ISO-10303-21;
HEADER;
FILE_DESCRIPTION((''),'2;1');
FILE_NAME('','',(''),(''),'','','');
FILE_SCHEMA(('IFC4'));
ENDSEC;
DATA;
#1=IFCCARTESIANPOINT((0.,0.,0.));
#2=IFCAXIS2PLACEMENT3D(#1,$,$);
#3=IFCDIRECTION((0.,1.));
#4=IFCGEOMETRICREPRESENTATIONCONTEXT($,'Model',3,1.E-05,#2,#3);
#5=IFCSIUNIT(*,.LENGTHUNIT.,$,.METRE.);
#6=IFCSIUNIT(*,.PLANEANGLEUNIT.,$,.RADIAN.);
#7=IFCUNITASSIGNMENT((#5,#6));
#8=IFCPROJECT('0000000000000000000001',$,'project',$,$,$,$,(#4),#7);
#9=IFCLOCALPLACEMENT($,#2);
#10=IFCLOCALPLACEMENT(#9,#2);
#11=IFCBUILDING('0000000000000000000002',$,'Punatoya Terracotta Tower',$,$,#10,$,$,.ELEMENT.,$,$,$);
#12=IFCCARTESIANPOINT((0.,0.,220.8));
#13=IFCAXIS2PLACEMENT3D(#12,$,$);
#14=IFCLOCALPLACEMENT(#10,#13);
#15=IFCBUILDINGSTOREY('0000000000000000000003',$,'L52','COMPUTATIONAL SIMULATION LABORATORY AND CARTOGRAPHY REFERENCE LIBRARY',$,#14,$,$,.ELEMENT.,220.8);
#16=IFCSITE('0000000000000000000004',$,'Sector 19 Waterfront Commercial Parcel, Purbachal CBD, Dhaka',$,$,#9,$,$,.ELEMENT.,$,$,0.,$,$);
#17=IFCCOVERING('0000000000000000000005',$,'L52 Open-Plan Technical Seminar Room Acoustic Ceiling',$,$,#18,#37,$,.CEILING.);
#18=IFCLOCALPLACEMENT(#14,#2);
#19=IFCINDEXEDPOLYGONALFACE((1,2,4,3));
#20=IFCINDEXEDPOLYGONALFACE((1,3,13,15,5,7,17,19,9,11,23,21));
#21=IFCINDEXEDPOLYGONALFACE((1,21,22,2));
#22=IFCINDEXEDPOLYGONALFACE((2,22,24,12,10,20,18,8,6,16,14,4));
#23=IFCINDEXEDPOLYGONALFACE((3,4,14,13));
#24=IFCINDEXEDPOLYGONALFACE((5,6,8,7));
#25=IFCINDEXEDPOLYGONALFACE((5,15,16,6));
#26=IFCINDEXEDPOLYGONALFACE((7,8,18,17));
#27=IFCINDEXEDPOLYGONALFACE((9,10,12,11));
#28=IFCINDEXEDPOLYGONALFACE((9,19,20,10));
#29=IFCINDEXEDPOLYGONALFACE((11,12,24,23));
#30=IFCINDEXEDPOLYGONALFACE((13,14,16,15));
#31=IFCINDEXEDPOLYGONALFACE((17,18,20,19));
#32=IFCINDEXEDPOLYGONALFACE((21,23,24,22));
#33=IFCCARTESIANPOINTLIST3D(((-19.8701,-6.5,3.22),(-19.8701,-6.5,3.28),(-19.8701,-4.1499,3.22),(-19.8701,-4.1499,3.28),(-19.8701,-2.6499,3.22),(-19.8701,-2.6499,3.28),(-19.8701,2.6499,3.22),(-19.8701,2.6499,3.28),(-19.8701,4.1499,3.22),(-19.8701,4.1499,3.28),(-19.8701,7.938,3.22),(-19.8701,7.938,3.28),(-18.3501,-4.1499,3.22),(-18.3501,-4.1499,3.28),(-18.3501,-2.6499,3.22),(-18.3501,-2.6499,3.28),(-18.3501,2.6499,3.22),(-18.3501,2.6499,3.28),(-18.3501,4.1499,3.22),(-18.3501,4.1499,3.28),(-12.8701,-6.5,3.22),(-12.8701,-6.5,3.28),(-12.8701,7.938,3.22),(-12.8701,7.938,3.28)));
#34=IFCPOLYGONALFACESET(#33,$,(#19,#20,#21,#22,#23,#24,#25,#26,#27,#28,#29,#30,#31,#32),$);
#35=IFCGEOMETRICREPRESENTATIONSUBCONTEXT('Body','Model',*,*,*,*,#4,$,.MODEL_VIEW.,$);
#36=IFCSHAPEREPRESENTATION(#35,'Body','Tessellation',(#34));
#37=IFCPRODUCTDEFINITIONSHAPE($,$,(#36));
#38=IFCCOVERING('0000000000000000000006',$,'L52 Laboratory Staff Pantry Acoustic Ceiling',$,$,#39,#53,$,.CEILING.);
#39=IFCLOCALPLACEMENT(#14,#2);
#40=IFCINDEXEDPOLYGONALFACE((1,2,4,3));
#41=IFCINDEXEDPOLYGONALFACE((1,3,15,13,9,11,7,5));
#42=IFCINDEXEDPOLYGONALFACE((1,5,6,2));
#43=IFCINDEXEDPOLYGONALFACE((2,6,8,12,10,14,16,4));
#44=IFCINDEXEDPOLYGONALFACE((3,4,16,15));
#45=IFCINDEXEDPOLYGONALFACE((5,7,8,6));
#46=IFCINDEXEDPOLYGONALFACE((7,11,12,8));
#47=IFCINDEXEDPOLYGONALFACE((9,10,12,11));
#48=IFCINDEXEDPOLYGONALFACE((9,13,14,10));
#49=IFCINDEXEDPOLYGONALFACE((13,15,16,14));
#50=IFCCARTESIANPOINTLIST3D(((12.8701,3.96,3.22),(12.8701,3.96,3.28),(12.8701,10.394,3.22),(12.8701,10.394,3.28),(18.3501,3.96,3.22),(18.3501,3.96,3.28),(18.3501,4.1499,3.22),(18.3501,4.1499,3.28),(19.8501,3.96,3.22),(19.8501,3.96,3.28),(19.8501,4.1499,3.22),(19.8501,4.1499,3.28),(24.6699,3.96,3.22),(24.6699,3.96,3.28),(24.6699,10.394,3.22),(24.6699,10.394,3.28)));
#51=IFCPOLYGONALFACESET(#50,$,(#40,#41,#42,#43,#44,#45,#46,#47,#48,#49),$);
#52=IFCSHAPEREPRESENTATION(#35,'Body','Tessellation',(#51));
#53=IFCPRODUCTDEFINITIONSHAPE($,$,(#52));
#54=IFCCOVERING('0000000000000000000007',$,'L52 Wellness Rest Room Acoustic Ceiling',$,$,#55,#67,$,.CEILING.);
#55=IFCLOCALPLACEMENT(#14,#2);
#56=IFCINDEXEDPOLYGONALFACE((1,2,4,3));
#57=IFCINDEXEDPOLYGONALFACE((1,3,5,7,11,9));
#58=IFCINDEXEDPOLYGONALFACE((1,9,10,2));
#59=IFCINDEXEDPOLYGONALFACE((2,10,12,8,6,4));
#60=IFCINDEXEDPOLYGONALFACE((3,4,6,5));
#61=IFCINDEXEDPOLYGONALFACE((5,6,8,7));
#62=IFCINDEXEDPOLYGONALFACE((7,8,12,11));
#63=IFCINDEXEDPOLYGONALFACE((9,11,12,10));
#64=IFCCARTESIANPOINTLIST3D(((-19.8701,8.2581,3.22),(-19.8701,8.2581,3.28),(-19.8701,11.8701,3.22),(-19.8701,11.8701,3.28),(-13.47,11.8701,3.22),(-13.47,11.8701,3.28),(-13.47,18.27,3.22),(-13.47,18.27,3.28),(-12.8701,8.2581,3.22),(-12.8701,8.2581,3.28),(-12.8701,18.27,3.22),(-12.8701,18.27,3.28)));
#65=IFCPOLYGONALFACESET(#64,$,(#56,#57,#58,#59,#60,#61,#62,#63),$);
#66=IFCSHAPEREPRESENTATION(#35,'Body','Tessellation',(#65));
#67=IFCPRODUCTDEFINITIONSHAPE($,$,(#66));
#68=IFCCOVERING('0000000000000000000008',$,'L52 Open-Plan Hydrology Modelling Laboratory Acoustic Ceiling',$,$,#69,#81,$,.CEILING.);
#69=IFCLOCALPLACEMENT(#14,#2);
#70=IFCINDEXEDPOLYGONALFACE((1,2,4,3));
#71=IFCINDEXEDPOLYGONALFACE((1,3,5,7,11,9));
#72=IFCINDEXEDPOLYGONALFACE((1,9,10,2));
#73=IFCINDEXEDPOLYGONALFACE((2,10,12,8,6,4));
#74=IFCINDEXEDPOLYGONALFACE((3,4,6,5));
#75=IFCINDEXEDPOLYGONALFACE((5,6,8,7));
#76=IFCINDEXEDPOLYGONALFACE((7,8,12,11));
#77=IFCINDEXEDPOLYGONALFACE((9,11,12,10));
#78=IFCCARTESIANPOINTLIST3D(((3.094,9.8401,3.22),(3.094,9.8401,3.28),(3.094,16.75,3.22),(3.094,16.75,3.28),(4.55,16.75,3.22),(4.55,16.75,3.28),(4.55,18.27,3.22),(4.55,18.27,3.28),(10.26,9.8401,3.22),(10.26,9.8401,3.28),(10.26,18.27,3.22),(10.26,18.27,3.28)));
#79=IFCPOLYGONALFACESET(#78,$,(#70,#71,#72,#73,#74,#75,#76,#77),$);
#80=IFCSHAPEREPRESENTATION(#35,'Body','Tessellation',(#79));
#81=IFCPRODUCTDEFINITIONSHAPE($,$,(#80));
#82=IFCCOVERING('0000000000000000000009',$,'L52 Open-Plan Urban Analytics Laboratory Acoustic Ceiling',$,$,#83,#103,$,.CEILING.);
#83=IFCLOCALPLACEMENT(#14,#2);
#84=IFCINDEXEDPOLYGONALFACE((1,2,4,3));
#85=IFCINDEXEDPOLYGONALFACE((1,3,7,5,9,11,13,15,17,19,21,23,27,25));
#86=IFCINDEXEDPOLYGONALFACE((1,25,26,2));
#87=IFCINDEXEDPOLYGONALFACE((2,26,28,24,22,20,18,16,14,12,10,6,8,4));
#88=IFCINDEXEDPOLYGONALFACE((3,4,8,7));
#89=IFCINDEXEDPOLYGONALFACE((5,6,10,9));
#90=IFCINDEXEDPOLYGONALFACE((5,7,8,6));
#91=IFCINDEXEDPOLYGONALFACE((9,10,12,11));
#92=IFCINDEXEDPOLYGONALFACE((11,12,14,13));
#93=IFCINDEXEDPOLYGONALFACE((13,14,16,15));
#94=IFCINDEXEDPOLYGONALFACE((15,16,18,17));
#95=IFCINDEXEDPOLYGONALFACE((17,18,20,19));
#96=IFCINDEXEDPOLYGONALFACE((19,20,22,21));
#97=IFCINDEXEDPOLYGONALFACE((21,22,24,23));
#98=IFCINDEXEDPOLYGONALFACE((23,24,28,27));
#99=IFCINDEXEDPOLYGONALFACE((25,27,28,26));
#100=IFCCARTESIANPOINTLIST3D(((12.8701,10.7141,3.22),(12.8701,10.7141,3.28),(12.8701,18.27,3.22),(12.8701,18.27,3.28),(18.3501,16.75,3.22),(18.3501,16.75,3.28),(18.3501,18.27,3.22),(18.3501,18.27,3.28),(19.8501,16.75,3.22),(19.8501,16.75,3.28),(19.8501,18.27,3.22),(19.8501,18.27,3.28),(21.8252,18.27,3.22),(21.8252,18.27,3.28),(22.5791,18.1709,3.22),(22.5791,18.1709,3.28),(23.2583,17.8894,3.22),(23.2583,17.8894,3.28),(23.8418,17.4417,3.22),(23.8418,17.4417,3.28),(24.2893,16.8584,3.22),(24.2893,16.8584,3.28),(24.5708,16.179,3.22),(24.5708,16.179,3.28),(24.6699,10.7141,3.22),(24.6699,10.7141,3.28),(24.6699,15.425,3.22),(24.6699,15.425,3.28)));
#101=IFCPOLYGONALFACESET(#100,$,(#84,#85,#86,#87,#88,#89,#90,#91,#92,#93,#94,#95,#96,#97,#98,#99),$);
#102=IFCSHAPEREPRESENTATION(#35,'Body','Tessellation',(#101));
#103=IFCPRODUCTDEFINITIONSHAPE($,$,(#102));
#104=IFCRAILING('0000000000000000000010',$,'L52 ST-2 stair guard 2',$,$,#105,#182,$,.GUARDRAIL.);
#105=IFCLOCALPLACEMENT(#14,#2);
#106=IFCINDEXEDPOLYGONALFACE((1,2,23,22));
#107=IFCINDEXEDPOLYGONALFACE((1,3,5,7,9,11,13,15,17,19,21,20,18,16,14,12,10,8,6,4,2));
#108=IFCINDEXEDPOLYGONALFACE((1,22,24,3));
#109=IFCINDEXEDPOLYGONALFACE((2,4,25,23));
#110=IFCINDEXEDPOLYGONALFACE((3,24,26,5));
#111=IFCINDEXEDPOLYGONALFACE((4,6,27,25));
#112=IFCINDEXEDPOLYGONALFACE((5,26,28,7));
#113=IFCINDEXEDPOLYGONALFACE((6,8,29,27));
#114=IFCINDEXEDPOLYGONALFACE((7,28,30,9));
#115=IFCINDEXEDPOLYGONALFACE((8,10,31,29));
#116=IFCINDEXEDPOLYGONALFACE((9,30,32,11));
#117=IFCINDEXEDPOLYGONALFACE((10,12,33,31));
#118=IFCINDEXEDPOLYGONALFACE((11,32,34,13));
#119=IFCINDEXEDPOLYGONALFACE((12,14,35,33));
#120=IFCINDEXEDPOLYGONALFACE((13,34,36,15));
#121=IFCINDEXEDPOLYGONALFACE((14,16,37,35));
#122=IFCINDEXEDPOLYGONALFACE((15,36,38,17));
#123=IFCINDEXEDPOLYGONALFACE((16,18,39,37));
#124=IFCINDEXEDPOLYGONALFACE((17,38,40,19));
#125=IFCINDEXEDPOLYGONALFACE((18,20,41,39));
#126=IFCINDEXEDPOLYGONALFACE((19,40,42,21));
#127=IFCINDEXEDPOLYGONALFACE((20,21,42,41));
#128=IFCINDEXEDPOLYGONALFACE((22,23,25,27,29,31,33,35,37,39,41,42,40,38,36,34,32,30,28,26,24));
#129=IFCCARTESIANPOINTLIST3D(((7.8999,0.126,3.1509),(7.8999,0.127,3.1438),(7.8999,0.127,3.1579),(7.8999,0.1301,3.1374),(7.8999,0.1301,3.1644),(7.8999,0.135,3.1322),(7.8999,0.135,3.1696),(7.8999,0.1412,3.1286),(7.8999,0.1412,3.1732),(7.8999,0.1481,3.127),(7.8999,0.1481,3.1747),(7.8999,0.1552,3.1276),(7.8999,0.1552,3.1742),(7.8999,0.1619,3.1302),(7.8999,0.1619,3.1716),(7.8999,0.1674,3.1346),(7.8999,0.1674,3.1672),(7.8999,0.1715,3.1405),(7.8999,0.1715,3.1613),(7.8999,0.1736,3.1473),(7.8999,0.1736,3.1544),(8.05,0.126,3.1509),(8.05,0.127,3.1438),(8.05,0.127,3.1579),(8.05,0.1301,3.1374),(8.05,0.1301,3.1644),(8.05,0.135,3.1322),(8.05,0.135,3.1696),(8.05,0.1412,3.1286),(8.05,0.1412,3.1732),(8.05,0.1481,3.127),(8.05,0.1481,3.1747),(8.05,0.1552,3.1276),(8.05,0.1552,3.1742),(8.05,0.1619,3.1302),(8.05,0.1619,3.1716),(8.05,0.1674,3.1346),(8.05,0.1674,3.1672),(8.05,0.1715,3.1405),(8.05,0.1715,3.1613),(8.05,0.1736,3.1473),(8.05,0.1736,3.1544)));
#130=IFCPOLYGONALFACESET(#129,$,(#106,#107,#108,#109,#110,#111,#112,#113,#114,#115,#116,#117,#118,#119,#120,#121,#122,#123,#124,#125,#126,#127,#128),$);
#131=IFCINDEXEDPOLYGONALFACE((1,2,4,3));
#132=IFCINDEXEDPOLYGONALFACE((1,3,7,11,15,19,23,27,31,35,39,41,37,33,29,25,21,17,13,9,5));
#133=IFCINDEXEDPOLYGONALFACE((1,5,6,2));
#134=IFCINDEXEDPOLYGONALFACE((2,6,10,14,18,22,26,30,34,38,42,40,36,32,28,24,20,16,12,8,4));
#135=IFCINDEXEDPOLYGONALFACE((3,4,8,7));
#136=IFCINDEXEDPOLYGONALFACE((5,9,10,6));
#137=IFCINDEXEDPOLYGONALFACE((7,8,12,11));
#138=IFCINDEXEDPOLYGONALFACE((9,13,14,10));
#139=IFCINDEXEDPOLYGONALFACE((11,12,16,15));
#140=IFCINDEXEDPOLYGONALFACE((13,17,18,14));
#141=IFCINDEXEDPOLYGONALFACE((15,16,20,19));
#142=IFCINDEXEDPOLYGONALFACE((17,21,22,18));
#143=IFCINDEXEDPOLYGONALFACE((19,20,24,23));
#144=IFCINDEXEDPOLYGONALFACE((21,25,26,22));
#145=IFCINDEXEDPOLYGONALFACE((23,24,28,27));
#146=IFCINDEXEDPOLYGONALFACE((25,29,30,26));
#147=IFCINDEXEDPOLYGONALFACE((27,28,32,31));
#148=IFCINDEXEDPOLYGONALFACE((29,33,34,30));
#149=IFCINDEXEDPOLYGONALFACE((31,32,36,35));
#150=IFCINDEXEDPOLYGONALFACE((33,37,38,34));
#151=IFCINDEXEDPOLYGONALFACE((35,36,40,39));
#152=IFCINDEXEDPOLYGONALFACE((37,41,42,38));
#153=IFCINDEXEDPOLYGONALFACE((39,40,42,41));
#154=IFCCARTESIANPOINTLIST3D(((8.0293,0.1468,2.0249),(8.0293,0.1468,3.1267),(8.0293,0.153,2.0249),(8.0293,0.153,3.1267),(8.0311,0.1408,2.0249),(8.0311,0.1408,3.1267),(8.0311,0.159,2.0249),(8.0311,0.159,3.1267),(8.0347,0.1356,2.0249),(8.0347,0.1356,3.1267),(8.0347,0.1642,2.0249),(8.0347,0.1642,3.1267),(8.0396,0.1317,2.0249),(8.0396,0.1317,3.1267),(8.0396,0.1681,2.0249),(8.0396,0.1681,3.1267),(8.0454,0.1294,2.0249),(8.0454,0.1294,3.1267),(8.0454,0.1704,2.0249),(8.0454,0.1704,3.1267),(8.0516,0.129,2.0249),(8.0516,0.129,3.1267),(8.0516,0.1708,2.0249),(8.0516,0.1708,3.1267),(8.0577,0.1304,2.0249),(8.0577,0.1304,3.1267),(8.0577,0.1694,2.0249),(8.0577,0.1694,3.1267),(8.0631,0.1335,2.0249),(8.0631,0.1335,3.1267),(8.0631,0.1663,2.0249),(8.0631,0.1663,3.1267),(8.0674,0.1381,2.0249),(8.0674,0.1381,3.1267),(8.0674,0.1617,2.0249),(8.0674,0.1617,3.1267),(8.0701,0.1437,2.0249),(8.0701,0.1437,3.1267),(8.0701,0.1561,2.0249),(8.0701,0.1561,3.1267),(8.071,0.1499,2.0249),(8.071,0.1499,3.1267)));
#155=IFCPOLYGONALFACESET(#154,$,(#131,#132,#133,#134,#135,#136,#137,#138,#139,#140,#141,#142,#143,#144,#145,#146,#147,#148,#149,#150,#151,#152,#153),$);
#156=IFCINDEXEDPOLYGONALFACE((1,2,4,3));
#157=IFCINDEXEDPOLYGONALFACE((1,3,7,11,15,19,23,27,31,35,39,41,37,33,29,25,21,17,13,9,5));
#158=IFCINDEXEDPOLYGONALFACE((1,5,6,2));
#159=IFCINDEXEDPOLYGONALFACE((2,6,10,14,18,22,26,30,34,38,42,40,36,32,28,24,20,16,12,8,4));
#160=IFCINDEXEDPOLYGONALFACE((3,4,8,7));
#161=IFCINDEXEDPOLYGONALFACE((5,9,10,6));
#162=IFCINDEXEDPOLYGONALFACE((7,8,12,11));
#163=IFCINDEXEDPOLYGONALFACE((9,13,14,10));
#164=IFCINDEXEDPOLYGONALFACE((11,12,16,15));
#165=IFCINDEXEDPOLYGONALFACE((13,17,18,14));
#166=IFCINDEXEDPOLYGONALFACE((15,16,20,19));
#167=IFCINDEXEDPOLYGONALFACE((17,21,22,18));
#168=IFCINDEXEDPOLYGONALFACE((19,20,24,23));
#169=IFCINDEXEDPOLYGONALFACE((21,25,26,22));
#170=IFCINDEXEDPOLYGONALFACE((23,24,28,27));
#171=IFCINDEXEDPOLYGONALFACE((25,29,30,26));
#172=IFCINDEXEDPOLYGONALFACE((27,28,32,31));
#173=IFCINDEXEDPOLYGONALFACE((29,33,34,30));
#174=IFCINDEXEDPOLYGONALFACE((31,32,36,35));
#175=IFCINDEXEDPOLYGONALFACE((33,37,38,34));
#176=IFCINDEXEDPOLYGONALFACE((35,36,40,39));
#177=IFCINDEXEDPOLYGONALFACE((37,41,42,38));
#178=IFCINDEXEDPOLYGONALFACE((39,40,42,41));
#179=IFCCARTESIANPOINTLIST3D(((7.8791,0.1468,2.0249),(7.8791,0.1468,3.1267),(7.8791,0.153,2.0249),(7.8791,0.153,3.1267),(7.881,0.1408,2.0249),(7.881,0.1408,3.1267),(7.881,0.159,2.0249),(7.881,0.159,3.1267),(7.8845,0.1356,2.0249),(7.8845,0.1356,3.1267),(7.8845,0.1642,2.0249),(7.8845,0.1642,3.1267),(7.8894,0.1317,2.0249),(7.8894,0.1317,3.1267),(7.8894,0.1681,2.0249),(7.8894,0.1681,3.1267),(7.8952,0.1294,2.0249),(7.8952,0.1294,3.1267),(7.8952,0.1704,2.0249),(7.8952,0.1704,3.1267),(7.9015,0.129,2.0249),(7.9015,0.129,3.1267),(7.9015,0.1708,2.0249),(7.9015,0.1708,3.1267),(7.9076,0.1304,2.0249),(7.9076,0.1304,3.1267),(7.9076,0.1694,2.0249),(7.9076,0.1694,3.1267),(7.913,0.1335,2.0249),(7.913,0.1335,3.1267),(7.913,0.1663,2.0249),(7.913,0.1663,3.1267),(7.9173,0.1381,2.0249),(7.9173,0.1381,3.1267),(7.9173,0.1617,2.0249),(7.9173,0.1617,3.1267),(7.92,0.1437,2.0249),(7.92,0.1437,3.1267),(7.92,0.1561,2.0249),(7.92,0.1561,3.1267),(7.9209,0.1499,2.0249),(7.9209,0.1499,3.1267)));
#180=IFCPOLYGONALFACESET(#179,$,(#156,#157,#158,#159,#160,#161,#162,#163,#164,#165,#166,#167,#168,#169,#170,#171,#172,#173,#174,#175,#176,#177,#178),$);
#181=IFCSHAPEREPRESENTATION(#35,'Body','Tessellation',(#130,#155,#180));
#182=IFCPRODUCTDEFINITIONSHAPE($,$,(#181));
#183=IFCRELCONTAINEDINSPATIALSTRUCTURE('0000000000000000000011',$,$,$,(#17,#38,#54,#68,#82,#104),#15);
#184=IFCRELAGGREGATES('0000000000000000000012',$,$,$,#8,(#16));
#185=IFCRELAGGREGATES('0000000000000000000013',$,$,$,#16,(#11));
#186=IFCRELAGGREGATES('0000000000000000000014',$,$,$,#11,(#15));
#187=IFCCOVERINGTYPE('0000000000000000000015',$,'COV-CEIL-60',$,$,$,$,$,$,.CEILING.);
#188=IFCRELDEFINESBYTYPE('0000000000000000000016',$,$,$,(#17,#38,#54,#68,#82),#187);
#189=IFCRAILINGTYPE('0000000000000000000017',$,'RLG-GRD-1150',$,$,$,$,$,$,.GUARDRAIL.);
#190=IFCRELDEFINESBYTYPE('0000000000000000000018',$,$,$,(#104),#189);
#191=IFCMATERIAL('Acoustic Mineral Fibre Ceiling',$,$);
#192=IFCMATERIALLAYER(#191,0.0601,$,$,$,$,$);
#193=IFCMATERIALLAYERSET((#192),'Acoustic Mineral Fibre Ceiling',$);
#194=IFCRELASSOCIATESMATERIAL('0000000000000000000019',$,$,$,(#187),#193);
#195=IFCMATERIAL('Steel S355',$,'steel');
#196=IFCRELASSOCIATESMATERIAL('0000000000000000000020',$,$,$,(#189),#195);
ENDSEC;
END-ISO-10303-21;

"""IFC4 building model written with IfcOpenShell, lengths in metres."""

from ifc_helpers import new_model, si_unit, direction, frame, origin, origin_2d, place, context, subcontext, project, spatial, polyline, circle, outline, extrude, material, layer, layer_set, type_object, element, save


model = new_model("IFC4")

# Units and contexts
model_context = context("Model", 3, precision=1e-05, world=origin(), true_north=direction((0.0, 1.0)))
body_context = subcontext(model_context, "Body", "Model", "MODEL_VIEW")
ifc_project = project(units=[si_unit("LENGTHUNIT", "METRE"), si_unit("PLANEANGLEUNIT", "RADIAN")], contexts=[model_context])

# Site, building, storey
site_placement = place(None, origin())
site = spatial("IfcSite", under=ifc_project, at=site_placement, Name="Sector 19 Waterfront Commercial Parcel, Purbachal CBD, Dhaka", CompositionType="ELEMENT", RefElevation=0.0)
building_placement = place(site_placement, origin())
building = spatial("IfcBuilding", under=site, at=building_placement, Name="Punatoya Terracotta Tower", CompositionType="ELEMENT")
storey_placement = place(building_placement, frame((0.0, 0.0, 220.8)))
storey = spatial("IfcBuildingStorey", under=building, at=storey_placement, Name="L52", Description="COMPUTATIONAL SIMULATION LABORATORY AND CARTOGRAPHY REFERENCE LIBRARY", CompositionType="ELEMENT", Elevation=220.8)

# Shared definitions
ifc_material_1 = material(Name="Steel S355", Category="steel")

# Coverings
ifc_material_2 = material(Name="Acoustic Mineral Fibre Ceiling")
ifc_layer_1 = layer(ifc_material_2, 0.0601)
ifc_layer_set_1 = layer_set([ifc_layer_1], Name="Acoustic Mineral Fibre Ceiling")
covering_type = type_object("IfcCoveringType", Name="COV-CEIL-60", PredefinedType="CEILING", material=ifc_layer_set_1)
covering_1_placement = place(storey_placement, frame((0.0, 0.0, 3.22)))
element("IfcCovering", 1, at=covering_1_placement, inside=storey, type_object=covering_type, Name="L52 Open-Plan Technical Seminar Room Acoustic Ceiling", PredefinedType="CEILING", context=body_context, shape_type="SweptSolid", body=[
    extrude(outline(polyline([(-19.8701, -4.1499), (-19.8701, -6.5), (-12.8701, -6.5), (-12.8701, 7.938), (-19.8701, 7.938), (-19.8701, 4.1499), (-18.3501, 4.1499), (-18.3501, 2.6499), (-19.8701, 2.6499), (-19.8701, -2.6499), (-18.3501, -2.6499), (-18.3501, -4.1499), (-19.8701, -4.1499)])), origin(), (0.0, 0.0, 1.0), 0.0601),
])
covering_2_placement = place(storey_placement, frame((0.0, 0.0, 3.22)))
element("IfcCovering", 2, at=covering_2_placement, inside=storey, type_object=covering_type, Name="L52 Laboratory Staff Pantry Acoustic Ceiling", PredefinedType="CEILING", context=body_context, shape_type="SweptSolid", body=[
    extrude(outline(polyline([(18.3501, 3.96), (18.3501, 4.1499), (19.8501, 4.1499), (19.8501, 3.96), (24.6699, 3.96), (24.6699, 10.394), (12.8701, 10.394), (12.8701, 3.96), (18.3501, 3.96)])), origin(), (0.0, 0.0, 1.0), 0.0601),
])
covering_3_placement = place(storey_placement, frame((0.0, 0.0, 3.22)))
element("IfcCovering", 3, at=covering_3_placement, inside=storey, type_object=covering_type, Name="L52 Wellness Rest Room Acoustic Ceiling", PredefinedType="CEILING", context=body_context, shape_type="SweptSolid", body=[
    extrude(outline(polyline([(-13.47, 11.8701), (-19.8701, 11.8701), (-19.8701, 8.2581), (-12.8701, 8.2581), (-12.8701, 18.27), (-13.47, 18.27), (-13.47, 11.8701)])), origin(), (0.0, 0.0, 1.0), 0.0601),
])
covering_4_placement = place(storey_placement, frame((0.0, 0.0, 3.22)))
element("IfcCovering", 4, at=covering_4_placement, inside=storey, type_object=covering_type, Name="L52 Open-Plan Hydrology Modelling Laboratory Acoustic Ceiling", PredefinedType="CEILING", context=body_context, shape_type="SweptSolid", body=[
    extrude(outline(polyline([(4.55, 18.27), (4.55, 16.75), (3.094, 16.75), (3.094, 9.8401), (10.26, 9.8401), (10.26, 18.27), (4.55, 18.27)])), origin(), (0.0, 0.0, 1.0), 0.0601),
])
covering_5_placement = place(storey_placement, frame((0.0, 0.0, 3.22)))
element("IfcCovering", 5, at=covering_5_placement, inside=storey, type_object=covering_type, Name="L52 Open-Plan Urban Analytics Laboratory Acoustic Ceiling", PredefinedType="CEILING", context=body_context, shape_type="SweptSolid", body=[
    extrude(outline(polyline([(18.3501, 16.75), (18.3501, 18.27), (12.8701, 18.27), (12.8701, 10.7141), (24.6699, 10.7141), (24.6699, 15.425), (24.5708, 16.179), (24.2893, 16.8584), (23.8418, 17.4417), (23.2583, 17.8894), (22.5791, 18.1709), (21.8252, 18.27), (19.8501, 18.27), (19.8501, 16.75), (18.3501, 16.75)])), origin(), (0.0, 0.0, 1.0), 0.0601),
])

# Railing
railing_type_1 = type_object("IfcRailingType", Name="RLG-GRD-1150", PredefinedType="GUARDRAIL", material=ifc_material_1)
railing_1_placement = place(storey_placement, frame((8.05, 0.1499, 2.0249)))
element("IfcRailing", 6, at=railing_1_placement, inside=storey, type_object=railing_type_1, Name="L52 ST-2 stair guard 2", PredefinedType="GUARDRAIL", context=body_context, shape_type="SweptSolid", body=[
    extrude(circle(Radius=0.0239, at=origin_2d()), frame((0.0, 0.0, 1.126), z_axis=(-1.0, 0.0, 0.0), x_axis=(0.0, -1.0, 0.0)), (0.0, 0.0, 1.0), 0.1501),
    extrude(circle(Radius=0.021, at=origin_2d()), origin(), (0.0, 0.0, 1.0), 1.1018),
    extrude(circle(Radius=0.021, at=origin_2d()), frame((-0.1501, 0.0, 0.0)), (0.0, 0.0, 1.0), 1.1018),
])

save(model, "model.ifc")
